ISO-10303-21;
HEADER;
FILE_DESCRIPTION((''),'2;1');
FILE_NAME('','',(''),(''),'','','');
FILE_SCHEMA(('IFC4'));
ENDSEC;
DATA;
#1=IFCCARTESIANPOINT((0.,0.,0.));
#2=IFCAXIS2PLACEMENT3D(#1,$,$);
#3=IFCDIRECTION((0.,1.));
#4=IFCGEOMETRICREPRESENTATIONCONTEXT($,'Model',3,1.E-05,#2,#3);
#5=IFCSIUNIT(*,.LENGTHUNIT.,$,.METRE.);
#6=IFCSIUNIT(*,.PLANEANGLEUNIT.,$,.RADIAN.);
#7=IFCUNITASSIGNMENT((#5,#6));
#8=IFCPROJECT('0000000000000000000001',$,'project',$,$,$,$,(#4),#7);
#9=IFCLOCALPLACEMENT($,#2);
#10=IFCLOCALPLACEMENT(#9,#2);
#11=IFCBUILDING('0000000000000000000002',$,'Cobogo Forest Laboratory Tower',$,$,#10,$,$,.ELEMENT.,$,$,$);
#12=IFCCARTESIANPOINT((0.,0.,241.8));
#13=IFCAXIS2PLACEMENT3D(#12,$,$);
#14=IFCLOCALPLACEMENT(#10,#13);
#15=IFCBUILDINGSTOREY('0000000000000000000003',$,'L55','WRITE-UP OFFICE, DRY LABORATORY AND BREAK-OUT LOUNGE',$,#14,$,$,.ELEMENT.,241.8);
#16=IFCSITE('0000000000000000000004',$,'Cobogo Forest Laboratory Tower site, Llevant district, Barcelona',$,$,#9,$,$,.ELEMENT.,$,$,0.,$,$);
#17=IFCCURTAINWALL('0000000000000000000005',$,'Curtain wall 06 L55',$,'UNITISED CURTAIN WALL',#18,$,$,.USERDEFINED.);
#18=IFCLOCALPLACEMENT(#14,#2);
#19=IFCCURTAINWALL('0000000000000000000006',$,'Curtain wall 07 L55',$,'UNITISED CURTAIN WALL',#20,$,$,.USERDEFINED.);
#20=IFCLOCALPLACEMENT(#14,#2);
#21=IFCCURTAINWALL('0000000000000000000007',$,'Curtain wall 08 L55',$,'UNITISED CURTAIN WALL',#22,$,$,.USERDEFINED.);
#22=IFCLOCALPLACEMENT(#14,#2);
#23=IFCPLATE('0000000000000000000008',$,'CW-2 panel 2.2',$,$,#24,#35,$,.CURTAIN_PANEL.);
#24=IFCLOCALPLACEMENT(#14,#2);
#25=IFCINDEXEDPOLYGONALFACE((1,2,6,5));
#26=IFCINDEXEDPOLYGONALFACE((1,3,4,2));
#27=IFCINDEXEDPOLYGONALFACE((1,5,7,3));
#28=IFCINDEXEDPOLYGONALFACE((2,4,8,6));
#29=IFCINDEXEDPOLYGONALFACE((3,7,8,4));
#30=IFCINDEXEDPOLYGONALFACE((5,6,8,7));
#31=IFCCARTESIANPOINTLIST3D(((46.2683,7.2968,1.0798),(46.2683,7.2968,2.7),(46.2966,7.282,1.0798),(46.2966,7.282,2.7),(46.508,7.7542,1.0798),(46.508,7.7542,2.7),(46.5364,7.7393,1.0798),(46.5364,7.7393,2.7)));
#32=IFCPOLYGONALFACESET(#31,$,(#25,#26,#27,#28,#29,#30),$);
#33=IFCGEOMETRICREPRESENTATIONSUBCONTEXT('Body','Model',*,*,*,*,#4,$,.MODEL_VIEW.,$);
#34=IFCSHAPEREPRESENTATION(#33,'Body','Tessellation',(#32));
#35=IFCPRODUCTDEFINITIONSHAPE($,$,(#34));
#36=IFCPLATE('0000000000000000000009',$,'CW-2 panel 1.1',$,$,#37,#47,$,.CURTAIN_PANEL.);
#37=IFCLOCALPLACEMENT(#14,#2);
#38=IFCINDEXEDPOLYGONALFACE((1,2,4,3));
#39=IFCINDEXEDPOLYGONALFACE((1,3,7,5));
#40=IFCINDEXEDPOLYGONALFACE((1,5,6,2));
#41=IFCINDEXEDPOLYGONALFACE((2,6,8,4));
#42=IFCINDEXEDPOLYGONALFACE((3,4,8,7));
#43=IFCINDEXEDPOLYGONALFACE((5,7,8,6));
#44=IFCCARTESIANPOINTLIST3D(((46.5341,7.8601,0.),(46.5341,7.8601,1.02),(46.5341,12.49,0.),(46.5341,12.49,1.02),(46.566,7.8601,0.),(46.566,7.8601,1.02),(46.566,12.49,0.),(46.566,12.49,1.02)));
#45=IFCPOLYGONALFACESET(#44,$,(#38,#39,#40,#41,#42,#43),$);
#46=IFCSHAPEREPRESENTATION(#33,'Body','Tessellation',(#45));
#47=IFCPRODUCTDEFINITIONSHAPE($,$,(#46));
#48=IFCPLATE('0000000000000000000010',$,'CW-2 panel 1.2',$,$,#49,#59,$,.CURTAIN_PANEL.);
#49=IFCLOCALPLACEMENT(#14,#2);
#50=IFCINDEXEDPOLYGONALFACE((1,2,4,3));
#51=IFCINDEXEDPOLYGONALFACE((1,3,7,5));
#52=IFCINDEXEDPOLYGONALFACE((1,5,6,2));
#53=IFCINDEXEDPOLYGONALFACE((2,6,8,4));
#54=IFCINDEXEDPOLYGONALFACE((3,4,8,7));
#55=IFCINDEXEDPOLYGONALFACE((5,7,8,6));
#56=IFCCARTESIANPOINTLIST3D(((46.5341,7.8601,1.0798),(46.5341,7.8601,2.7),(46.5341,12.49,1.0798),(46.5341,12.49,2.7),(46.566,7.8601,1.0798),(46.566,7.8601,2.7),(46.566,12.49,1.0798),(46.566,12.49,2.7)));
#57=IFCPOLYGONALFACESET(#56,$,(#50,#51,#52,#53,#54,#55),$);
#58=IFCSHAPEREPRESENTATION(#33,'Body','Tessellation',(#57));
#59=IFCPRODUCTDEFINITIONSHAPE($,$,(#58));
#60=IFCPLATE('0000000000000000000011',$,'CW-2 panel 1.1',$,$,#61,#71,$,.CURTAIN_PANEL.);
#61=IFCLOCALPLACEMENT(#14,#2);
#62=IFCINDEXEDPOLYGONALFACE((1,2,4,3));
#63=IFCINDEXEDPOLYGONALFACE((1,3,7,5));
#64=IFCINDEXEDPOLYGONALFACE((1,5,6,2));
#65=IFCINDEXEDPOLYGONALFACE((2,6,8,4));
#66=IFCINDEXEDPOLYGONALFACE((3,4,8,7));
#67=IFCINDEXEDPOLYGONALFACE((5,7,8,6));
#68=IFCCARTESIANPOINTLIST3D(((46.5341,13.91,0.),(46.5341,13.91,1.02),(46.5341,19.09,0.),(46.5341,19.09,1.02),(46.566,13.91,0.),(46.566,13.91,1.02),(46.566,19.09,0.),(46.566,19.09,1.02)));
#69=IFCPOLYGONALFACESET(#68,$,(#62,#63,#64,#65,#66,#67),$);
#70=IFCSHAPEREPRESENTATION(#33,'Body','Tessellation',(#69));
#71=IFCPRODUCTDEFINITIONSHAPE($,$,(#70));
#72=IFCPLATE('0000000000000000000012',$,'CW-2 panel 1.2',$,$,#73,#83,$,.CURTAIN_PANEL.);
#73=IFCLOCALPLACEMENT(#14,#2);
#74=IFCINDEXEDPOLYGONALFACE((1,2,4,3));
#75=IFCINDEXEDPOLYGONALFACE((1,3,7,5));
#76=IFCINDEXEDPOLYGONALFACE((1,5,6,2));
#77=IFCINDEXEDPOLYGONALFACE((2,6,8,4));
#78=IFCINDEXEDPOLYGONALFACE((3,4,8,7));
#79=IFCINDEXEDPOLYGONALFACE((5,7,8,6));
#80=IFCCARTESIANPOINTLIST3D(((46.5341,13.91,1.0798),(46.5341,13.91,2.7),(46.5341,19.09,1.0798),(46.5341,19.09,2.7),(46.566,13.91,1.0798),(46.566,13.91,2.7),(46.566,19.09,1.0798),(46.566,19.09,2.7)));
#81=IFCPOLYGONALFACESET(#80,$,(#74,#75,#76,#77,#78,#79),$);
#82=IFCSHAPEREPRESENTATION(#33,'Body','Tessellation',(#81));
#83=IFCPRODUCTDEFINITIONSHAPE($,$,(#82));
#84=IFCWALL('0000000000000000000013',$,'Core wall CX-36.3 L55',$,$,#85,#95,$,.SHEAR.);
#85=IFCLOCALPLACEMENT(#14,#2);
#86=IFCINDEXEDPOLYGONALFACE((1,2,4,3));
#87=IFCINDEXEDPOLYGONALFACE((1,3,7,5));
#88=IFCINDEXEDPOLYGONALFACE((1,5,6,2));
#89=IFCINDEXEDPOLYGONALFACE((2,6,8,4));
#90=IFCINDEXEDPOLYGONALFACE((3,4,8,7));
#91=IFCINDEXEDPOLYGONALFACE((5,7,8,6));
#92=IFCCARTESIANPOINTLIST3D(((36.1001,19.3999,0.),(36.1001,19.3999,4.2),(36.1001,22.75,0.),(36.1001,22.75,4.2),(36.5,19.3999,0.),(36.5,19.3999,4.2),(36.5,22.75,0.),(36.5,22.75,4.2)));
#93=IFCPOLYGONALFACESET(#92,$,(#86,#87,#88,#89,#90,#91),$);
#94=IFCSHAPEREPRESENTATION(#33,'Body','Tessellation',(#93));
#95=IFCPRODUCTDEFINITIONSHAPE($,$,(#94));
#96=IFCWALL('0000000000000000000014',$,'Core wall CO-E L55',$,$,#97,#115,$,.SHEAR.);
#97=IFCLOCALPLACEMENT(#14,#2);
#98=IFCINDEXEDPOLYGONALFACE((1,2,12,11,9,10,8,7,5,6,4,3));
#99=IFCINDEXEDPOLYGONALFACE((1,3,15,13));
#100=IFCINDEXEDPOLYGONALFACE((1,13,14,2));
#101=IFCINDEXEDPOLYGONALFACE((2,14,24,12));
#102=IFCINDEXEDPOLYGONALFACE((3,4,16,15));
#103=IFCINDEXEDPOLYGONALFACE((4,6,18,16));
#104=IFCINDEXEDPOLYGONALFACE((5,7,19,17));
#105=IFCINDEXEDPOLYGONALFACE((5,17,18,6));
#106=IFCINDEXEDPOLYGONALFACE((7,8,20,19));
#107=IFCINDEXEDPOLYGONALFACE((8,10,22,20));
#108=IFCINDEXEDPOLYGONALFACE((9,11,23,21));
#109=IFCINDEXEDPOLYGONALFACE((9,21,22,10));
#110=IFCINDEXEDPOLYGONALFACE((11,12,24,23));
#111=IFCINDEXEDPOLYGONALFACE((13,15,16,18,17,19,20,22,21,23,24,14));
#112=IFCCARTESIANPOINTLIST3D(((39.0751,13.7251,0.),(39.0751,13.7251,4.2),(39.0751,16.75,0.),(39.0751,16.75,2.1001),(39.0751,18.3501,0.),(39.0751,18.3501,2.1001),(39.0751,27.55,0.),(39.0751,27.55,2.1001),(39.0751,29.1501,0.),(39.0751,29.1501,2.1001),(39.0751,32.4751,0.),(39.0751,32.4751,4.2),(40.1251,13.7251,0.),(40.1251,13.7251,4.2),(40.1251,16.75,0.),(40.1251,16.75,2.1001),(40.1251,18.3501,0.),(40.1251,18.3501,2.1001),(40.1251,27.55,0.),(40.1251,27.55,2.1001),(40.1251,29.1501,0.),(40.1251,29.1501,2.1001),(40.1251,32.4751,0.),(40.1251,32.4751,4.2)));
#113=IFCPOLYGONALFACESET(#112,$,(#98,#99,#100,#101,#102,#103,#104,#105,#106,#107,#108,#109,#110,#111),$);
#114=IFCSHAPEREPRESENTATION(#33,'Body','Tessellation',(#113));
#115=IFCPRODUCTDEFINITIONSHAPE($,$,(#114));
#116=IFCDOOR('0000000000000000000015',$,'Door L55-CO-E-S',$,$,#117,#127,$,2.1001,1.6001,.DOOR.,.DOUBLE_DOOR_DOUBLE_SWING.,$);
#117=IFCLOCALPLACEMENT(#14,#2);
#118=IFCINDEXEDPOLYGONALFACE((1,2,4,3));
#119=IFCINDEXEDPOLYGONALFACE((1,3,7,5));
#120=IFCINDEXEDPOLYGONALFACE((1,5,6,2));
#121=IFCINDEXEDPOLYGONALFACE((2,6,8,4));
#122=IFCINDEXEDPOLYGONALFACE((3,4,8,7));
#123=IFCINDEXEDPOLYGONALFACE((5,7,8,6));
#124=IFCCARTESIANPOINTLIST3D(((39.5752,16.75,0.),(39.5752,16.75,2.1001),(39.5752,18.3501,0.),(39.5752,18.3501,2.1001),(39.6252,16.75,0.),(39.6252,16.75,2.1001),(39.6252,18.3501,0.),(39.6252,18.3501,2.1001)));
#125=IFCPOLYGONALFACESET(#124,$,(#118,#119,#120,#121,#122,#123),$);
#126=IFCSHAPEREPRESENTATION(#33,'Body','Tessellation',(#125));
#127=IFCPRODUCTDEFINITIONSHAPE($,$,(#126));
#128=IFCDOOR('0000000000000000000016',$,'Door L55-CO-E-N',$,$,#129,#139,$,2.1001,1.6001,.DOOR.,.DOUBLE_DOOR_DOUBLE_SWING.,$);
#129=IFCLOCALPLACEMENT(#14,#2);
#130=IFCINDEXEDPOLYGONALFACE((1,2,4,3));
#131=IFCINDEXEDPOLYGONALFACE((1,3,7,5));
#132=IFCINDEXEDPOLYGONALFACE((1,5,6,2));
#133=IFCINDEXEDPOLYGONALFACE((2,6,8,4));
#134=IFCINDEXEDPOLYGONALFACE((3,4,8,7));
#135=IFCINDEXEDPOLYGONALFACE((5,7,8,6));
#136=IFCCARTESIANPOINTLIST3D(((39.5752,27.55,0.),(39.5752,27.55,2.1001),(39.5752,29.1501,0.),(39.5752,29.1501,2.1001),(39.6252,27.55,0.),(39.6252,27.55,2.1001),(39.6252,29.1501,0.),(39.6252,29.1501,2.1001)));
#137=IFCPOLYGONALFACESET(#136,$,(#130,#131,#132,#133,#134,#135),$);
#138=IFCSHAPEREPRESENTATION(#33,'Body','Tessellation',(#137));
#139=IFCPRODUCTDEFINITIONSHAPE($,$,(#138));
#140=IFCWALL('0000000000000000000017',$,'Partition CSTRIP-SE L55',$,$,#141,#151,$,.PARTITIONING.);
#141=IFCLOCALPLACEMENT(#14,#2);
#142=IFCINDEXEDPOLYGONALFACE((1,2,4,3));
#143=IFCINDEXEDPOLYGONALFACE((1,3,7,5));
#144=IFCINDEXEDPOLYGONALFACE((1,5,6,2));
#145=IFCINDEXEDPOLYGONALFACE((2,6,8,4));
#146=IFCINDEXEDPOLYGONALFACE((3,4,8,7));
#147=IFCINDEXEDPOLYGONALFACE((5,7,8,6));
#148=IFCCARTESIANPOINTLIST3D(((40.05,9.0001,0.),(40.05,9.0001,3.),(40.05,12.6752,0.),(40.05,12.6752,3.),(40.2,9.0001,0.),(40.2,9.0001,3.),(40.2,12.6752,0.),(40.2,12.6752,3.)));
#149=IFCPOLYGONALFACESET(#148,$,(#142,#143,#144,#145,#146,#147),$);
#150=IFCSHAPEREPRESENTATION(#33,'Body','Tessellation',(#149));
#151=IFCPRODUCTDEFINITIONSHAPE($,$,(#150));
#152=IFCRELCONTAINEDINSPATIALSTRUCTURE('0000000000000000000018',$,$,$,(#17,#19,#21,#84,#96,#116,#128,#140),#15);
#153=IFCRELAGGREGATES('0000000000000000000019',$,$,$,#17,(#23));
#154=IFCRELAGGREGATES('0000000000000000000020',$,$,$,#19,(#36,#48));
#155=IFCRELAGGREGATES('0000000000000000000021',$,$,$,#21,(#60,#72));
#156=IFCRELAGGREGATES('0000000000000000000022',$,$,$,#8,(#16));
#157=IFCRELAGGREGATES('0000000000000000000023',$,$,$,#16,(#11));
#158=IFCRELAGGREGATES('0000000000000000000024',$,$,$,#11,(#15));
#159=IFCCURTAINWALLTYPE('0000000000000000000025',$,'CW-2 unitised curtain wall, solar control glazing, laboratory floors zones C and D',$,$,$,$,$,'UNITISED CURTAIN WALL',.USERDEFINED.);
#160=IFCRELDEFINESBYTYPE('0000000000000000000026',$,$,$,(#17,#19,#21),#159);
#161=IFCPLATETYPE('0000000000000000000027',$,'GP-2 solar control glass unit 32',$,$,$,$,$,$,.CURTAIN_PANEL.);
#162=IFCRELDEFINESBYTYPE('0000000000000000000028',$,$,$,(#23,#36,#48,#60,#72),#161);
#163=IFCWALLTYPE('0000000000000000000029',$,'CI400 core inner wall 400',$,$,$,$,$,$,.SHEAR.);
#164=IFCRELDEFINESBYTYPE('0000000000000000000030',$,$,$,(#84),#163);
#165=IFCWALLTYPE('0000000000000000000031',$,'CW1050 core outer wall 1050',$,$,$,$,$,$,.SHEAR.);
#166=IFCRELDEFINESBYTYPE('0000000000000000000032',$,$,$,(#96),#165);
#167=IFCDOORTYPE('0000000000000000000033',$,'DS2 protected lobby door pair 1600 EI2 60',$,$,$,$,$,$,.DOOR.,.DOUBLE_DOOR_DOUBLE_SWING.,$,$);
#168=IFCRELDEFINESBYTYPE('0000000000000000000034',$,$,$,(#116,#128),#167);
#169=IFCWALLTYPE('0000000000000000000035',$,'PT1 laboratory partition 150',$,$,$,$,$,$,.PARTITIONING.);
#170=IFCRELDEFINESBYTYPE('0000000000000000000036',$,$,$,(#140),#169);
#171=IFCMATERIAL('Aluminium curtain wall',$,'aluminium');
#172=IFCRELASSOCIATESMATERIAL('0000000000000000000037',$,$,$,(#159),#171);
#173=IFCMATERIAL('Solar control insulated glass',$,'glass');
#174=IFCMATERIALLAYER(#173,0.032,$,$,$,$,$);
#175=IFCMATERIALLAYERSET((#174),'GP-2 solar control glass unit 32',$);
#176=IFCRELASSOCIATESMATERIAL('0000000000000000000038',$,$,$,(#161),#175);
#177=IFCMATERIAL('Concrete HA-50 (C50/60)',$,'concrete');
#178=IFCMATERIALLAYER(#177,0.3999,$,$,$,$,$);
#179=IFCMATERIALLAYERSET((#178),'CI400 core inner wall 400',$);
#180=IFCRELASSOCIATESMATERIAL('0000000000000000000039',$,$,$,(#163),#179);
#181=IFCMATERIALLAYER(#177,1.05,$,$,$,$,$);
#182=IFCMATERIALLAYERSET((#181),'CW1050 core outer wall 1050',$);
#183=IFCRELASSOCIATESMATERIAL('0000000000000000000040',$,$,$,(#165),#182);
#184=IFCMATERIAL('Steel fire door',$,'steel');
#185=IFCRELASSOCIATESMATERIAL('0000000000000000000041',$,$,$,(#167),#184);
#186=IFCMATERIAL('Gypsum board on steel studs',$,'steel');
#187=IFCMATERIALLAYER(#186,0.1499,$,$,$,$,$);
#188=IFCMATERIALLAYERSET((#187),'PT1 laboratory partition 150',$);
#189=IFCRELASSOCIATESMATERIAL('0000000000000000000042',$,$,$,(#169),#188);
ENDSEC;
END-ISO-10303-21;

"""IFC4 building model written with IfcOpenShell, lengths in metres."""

from ifc_helpers import new_model, si_unit, direction, frame, frame_2d, origin, origin_2d, place, context, subcontext, project, spatial, rectangle, extrude, material, layer, layer_set, type_object, element, fill, aggregate, save


model = new_model("IFC4")

# Units and contexts
model_context = context("Model", 3, precision=1e-05, world=origin(), true_north=direction((0.0, 1.0)))
body_context = subcontext(model_context, "Body", "Model", "MODEL_VIEW")
ifc_project = project(units=[si_unit("LENGTHUNIT", "METRE"), si_unit("PLANEANGLEUNIT", "RADIAN")], contexts=[model_context])

# Site, building, storey
site_placement = place(None, origin())
site = spatial("IfcSite", under=ifc_project, at=site_placement, Name="Cobogo Forest Laboratory Tower site, Llevant district, Barcelona", CompositionType="ELEMENT", RefElevation=0.0)
building_placement = place(site_placement, origin())
building = spatial("IfcBuilding", under=site, at=building_placement, Name="Cobogo Forest Laboratory Tower", CompositionType="ELEMENT")
storey_placement = place(building_placement, frame((0.0, 0.0, 241.8)))
storey = spatial("IfcBuildingStorey", under=building, at=storey_placement, Name="L55", Description="WRITE-UP OFFICE, DRY LABORATORY AND BREAK-OUT LOUNGE", CompositionType="ELEMENT", Elevation=241.8)

# Shared definitions
ifc_material_1 = material(Name="Concrete HA-50 (C50/60)", Category="concrete")

# Curtain wall
ifc_material_2 = material(Name="Aluminium curtain wall", Category="aluminium")
curtain_wall_type = type_object("IfcCurtainWallType", Name="CW-2 unitised curtain wall, solar control glazing, laboratory floors zones C and D", ElementType="UNITISED CURTAIN WALL", PredefinedType="USERDEFINED", material=ifc_material_2)
curtain_wall_1_placement = place(storey_placement, origin())
curtain_wall_1 = element("IfcCurtainWall", 1, at=curtain_wall_1_placement, inside=storey, type_object=curtain_wall_type, Name="Curtain wall 06 L55", ObjectType="UNITISED CURTAIN WALL", PredefinedType="USERDEFINED")

# Curtain walls
curtain_wall_2_placement = place(storey_placement, origin())
curtain_wall_2 = element("IfcCurtainWall", 2, at=curtain_wall_2_placement, inside=storey, type_object=curtain_wall_type, Name="Curtain wall 07 L55", ObjectType="UNITISED CURTAIN WALL", PredefinedType="USERDEFINED")
curtain_wall_3_placement = place(storey_placement, origin())
curtain_wall_3 = element("IfcCurtainWall", 3, at=curtain_wall_3_placement, inside=storey, type_object=curtain_wall_type, Name="Curtain wall 08 L55", ObjectType="UNITISED CURTAIN WALL", PredefinedType="USERDEFINED")

# Plates
ifc_material_3 = material(Name="Solar control insulated glass", Category="glass")
ifc_layer_1 = layer(ifc_material_3, 0.032)
ifc_layer_set_1 = layer_set([ifc_layer_1], Name="GP-2 solar control glass unit 32")
plate_type_1 = type_object("IfcPlateType", Name="GP-2 solar control glass unit 32", PredefinedType="CURTAIN_PANEL", material=ifc_layer_set_1)
plate_1_placement = place(storey_placement, frame((46.4023, 7.5181, 1.0798), z_axis=(0.0, 0.0, 1.0), x_axis=(0.464284, 0.885686, 0.0)))
plate_1 = element("IfcPlate", 4, at=plate_1_placement, type_object=plate_type_1, Name="CW-2 panel 2.2", PredefinedType="CURTAIN_PANEL", context=body_context, shape_type="SweptSolid", body=[
    extrude(rectangle(XDim=0.5164, YDim=0.032, at=origin_2d()), origin(), (0.0, 0.0, 1.0), 1.6201),
])
aggregate(curtain_wall_1, [plate_1])
plate_2_placement = place(storey_placement, frame((46.55, 10.175, 0.0), z_axis=(0.0, 0.0, 1.0), x_axis=(0.0, 1.0, 0.0)))
plate_2 = element("IfcPlate", 5, at=plate_2_placement, type_object=plate_type_1, Name="CW-2 panel 1.1", PredefinedType="CURTAIN_PANEL", context=body_context, shape_type="SweptSolid", body=[
    extrude(rectangle(XDim=4.6299, YDim=0.032, at=origin_2d()), origin(), (0.0, 0.0, 1.0), 1.02),
])
plate_3_placement = place(storey_placement, frame((46.55, 10.175, 1.0798), z_axis=(0.0, 0.0, 1.0), x_axis=(0.0, 1.0, 0.0)))
plate_3 = element("IfcPlate", 6, at=plate_3_placement, type_object=plate_type_1, Name="CW-2 panel 1.2", PredefinedType="CURTAIN_PANEL", context=body_context, shape_type="SweptSolid", body=[
    extrude(rectangle(XDim=4.6299, YDim=0.032, at=origin_2d()), origin(), (0.0, 0.0, 1.0), 1.6201),
])
aggregate(curtain_wall_2, [plate_2, plate_3])
plate_4_placement = place(storey_placement, frame((46.55, 16.5, 0.0), z_axis=(0.0, 0.0, 1.0), x_axis=(0.0, 1.0, 0.0)))
plate_4 = element("IfcPlate", 7, at=plate_4_placement, type_object=plate_type_1, Name="CW-2 panel 1.1", PredefinedType="CURTAIN_PANEL", context=body_context, shape_type="SweptSolid", body=[
    extrude(rectangle(XDim=5.1799, YDim=0.032, at=origin_2d()), origin(), (0.0, 0.0, 1.0), 1.02),
])
plate_5_placement = place(storey_placement, frame((46.55, 16.5, 1.0798), z_axis=(0.0, 0.0, 1.0), x_axis=(0.0, 1.0, 0.0)))
plate_5 = element("IfcPlate", 8, at=plate_5_placement, type_object=plate_type_1, Name="CW-2 panel 1.2", PredefinedType="CURTAIN_PANEL", context=body_context, shape_type="SweptSolid", body=[
    extrude(rectangle(XDim=5.1799, YDim=0.032, at=origin_2d()), origin(), (0.0, 0.0, 1.0), 1.6201),
])
aggregate(curtain_wall_3, [plate_4, plate_5])

# Wall
ifc_layer_2 = layer(ifc_material_1, 0.3999)
ifc_layer_set_2 = layer_set([ifc_layer_2], Name="CI400 core inner wall 400")
wall_type_1 = type_object("IfcWallType", Name="CI400 core inner wall 400", PredefinedType="SHEAR", material=ifc_layer_set_2)
wall_1_placement = place(storey_placement, frame((36.3, 19.3999, 0.0), z_axis=(0.0, 0.0, 1.0), x_axis=(0.0, 1.0, 0.0)))
element("IfcWall", 9, at=wall_1_placement, inside=storey, type_object=wall_type_1, Name="Core wall CX-36.3 L55", PredefinedType="SHEAR", context=body_context, shape_type="SweptSolid", body=[
    extrude(rectangle(XDim=3.3501, YDim=0.3999, at=frame_2d((1.675, 0.0))), origin(), (0.0, 0.0, 1.0), 4.2),
])

# Wall, openings, doors
ifc_layer_3 = layer(ifc_material_1, 1.05)
ifc_layer_set_3 = layer_set([ifc_layer_3], Name="CW1050 core outer wall 1050")
wall_type_2 = type_object("IfcWallType", Name="CW1050 core outer wall 1050", PredefinedType="SHEAR", material=ifc_layer_set_3)
wall_2_placement = place(storey_placement, frame((39.6001, 13.7251, 0.0), z_axis=(0.0, 0.0, 1.0), x_axis=(0.0, 1.0, 0.0)))
wall_2 = element("IfcWall", 10, at=wall_2_placement, inside=storey, type_object=wall_type_2, Name="Core wall CO-E L55", PredefinedType="SHEAR", context=body_context, shape_type="SweptSolid", body=[
    extrude(rectangle(XDim=18.75, YDim=1.05, at=frame_2d((9.375, 0.0))), origin(), (0.0, 0.0, 1.0), 4.2),
])
opening_1_placement = place(wall_2_placement, frame((3.0249, 0.0, 0.0)))
opening_1 = element("IfcOpeningElement", 11, at=opening_1_placement, cuts=wall_2, PredefinedType="OPENING", context=body_context, shape_type="SweptSolid", body=[
    extrude(rectangle(XDim=1.6001, YDim=2.1001, at=frame_2d((0.8, 1.05))), frame((0.0, 0.5349, 0.0), z_axis=(0.0, -1.0, 0.0), x_axis=(1.0, 0.0, 0.0)), (0.0, 0.0, 1.0), 1.0701),
])
opening_2_placement = place(wall_2_placement, frame((13.825, 0.0, 0.0)))
opening_2 = element("IfcOpeningElement", 12, at=opening_2_placement, cuts=wall_2, PredefinedType="OPENING", context=body_context, shape_type="SweptSolid", body=[
    extrude(rectangle(XDim=1.6001, YDim=2.1001, at=frame_2d((0.8, 1.05))), frame((0.0, 0.5349, 0.0), z_axis=(0.0, -1.0, 0.0), x_axis=(1.0, 0.0, 0.0)), (0.0, 0.0, 1.0), 1.0701),
])
ifc_material_4 = material(Name="Steel fire door", Category="steel")
door_type_1 = type_object("IfcDoorType", Name="DS2 protected lobby door pair 1600 EI2 60", OperationType="DOUBLE_DOOR_DOUBLE_SWING", PredefinedType="DOOR", material=ifc_material_4)
door_1_placement = place(opening_1_placement, origin())
door_1 = element("IfcDoor", 13, at=door_1_placement, inside=storey, type_object=door_type_1, Name="Door L55-CO-E-S", OperationType="DOUBLE_DOOR_DOUBLE_SWING", OverallHeight=2.1001, OverallWidth=1.6001, PredefinedType="DOOR", context=body_context, shape_type="SweptSolid", body=[
    extrude(rectangle(XDim=1.6001, YDim=2.1001, at=frame_2d((0.8, 1.05))), frame((0.0, 0.0249, 0.0), z_axis=(0.0, -1.0, 0.0), x_axis=(1.0, 0.0, 0.0)), (0.0, 0.0, 1.0), 0.05),
])
fill(opening_1, door_1)
door_2_placement = place(opening_2_placement, origin())
door_2 = element("IfcDoor", 14, at=door_2_placement, inside=storey, type_object=door_type_1, Name="Door L55-CO-E-N", OperationType="DOUBLE_DOOR_DOUBLE_SWING", OverallHeight=2.1001, OverallWidth=1.6001, PredefinedType="DOOR", context=body_context, shape_type="SweptSolid", body=[
    extrude(rectangle(XDim=1.6001, YDim=2.1001, at=frame_2d((0.8, 1.05))), frame((0.0, 0.0249, 0.0), z_axis=(0.0, -1.0, 0.0), x_axis=(1.0, 0.0, 0.0)), (0.0, 0.0, 1.0), 0.05),
])
fill(opening_2, door_2)

# Wall
ifc_material_5 = material(Name="Gypsum board on steel studs", Category="steel")
ifc_layer_4 = layer(ifc_material_5, 0.1499)
ifc_layer_set_4 = layer_set([ifc_layer_4], Name="PT1 laboratory partition 150")
wall_type_3 = type_object("IfcWallType", Name="PT1 laboratory partition 150", PredefinedType="PARTITIONING", material=ifc_layer_set_4)
wall_3_placement = place(storey_placement, frame((40.125, 12.675, 0.0), z_axis=(0.0, 0.0, 1.0), x_axis=(0.0, -1.0, 0.0)))
element("IfcWall", 15, at=wall_3_placement, inside=storey, type_object=wall_type_3, Name="Partition CSTRIP-SE L55", PredefinedType="PARTITIONING", context=body_context, shape_type="SweptSolid", body=[
    extrude(rectangle(XDim=3.675, YDim=0.1499, at=frame_2d((1.8374, 0.0))), origin(), (0.0, 0.0, 1.0), 3.0),
])

save(model, "model.ifc")
